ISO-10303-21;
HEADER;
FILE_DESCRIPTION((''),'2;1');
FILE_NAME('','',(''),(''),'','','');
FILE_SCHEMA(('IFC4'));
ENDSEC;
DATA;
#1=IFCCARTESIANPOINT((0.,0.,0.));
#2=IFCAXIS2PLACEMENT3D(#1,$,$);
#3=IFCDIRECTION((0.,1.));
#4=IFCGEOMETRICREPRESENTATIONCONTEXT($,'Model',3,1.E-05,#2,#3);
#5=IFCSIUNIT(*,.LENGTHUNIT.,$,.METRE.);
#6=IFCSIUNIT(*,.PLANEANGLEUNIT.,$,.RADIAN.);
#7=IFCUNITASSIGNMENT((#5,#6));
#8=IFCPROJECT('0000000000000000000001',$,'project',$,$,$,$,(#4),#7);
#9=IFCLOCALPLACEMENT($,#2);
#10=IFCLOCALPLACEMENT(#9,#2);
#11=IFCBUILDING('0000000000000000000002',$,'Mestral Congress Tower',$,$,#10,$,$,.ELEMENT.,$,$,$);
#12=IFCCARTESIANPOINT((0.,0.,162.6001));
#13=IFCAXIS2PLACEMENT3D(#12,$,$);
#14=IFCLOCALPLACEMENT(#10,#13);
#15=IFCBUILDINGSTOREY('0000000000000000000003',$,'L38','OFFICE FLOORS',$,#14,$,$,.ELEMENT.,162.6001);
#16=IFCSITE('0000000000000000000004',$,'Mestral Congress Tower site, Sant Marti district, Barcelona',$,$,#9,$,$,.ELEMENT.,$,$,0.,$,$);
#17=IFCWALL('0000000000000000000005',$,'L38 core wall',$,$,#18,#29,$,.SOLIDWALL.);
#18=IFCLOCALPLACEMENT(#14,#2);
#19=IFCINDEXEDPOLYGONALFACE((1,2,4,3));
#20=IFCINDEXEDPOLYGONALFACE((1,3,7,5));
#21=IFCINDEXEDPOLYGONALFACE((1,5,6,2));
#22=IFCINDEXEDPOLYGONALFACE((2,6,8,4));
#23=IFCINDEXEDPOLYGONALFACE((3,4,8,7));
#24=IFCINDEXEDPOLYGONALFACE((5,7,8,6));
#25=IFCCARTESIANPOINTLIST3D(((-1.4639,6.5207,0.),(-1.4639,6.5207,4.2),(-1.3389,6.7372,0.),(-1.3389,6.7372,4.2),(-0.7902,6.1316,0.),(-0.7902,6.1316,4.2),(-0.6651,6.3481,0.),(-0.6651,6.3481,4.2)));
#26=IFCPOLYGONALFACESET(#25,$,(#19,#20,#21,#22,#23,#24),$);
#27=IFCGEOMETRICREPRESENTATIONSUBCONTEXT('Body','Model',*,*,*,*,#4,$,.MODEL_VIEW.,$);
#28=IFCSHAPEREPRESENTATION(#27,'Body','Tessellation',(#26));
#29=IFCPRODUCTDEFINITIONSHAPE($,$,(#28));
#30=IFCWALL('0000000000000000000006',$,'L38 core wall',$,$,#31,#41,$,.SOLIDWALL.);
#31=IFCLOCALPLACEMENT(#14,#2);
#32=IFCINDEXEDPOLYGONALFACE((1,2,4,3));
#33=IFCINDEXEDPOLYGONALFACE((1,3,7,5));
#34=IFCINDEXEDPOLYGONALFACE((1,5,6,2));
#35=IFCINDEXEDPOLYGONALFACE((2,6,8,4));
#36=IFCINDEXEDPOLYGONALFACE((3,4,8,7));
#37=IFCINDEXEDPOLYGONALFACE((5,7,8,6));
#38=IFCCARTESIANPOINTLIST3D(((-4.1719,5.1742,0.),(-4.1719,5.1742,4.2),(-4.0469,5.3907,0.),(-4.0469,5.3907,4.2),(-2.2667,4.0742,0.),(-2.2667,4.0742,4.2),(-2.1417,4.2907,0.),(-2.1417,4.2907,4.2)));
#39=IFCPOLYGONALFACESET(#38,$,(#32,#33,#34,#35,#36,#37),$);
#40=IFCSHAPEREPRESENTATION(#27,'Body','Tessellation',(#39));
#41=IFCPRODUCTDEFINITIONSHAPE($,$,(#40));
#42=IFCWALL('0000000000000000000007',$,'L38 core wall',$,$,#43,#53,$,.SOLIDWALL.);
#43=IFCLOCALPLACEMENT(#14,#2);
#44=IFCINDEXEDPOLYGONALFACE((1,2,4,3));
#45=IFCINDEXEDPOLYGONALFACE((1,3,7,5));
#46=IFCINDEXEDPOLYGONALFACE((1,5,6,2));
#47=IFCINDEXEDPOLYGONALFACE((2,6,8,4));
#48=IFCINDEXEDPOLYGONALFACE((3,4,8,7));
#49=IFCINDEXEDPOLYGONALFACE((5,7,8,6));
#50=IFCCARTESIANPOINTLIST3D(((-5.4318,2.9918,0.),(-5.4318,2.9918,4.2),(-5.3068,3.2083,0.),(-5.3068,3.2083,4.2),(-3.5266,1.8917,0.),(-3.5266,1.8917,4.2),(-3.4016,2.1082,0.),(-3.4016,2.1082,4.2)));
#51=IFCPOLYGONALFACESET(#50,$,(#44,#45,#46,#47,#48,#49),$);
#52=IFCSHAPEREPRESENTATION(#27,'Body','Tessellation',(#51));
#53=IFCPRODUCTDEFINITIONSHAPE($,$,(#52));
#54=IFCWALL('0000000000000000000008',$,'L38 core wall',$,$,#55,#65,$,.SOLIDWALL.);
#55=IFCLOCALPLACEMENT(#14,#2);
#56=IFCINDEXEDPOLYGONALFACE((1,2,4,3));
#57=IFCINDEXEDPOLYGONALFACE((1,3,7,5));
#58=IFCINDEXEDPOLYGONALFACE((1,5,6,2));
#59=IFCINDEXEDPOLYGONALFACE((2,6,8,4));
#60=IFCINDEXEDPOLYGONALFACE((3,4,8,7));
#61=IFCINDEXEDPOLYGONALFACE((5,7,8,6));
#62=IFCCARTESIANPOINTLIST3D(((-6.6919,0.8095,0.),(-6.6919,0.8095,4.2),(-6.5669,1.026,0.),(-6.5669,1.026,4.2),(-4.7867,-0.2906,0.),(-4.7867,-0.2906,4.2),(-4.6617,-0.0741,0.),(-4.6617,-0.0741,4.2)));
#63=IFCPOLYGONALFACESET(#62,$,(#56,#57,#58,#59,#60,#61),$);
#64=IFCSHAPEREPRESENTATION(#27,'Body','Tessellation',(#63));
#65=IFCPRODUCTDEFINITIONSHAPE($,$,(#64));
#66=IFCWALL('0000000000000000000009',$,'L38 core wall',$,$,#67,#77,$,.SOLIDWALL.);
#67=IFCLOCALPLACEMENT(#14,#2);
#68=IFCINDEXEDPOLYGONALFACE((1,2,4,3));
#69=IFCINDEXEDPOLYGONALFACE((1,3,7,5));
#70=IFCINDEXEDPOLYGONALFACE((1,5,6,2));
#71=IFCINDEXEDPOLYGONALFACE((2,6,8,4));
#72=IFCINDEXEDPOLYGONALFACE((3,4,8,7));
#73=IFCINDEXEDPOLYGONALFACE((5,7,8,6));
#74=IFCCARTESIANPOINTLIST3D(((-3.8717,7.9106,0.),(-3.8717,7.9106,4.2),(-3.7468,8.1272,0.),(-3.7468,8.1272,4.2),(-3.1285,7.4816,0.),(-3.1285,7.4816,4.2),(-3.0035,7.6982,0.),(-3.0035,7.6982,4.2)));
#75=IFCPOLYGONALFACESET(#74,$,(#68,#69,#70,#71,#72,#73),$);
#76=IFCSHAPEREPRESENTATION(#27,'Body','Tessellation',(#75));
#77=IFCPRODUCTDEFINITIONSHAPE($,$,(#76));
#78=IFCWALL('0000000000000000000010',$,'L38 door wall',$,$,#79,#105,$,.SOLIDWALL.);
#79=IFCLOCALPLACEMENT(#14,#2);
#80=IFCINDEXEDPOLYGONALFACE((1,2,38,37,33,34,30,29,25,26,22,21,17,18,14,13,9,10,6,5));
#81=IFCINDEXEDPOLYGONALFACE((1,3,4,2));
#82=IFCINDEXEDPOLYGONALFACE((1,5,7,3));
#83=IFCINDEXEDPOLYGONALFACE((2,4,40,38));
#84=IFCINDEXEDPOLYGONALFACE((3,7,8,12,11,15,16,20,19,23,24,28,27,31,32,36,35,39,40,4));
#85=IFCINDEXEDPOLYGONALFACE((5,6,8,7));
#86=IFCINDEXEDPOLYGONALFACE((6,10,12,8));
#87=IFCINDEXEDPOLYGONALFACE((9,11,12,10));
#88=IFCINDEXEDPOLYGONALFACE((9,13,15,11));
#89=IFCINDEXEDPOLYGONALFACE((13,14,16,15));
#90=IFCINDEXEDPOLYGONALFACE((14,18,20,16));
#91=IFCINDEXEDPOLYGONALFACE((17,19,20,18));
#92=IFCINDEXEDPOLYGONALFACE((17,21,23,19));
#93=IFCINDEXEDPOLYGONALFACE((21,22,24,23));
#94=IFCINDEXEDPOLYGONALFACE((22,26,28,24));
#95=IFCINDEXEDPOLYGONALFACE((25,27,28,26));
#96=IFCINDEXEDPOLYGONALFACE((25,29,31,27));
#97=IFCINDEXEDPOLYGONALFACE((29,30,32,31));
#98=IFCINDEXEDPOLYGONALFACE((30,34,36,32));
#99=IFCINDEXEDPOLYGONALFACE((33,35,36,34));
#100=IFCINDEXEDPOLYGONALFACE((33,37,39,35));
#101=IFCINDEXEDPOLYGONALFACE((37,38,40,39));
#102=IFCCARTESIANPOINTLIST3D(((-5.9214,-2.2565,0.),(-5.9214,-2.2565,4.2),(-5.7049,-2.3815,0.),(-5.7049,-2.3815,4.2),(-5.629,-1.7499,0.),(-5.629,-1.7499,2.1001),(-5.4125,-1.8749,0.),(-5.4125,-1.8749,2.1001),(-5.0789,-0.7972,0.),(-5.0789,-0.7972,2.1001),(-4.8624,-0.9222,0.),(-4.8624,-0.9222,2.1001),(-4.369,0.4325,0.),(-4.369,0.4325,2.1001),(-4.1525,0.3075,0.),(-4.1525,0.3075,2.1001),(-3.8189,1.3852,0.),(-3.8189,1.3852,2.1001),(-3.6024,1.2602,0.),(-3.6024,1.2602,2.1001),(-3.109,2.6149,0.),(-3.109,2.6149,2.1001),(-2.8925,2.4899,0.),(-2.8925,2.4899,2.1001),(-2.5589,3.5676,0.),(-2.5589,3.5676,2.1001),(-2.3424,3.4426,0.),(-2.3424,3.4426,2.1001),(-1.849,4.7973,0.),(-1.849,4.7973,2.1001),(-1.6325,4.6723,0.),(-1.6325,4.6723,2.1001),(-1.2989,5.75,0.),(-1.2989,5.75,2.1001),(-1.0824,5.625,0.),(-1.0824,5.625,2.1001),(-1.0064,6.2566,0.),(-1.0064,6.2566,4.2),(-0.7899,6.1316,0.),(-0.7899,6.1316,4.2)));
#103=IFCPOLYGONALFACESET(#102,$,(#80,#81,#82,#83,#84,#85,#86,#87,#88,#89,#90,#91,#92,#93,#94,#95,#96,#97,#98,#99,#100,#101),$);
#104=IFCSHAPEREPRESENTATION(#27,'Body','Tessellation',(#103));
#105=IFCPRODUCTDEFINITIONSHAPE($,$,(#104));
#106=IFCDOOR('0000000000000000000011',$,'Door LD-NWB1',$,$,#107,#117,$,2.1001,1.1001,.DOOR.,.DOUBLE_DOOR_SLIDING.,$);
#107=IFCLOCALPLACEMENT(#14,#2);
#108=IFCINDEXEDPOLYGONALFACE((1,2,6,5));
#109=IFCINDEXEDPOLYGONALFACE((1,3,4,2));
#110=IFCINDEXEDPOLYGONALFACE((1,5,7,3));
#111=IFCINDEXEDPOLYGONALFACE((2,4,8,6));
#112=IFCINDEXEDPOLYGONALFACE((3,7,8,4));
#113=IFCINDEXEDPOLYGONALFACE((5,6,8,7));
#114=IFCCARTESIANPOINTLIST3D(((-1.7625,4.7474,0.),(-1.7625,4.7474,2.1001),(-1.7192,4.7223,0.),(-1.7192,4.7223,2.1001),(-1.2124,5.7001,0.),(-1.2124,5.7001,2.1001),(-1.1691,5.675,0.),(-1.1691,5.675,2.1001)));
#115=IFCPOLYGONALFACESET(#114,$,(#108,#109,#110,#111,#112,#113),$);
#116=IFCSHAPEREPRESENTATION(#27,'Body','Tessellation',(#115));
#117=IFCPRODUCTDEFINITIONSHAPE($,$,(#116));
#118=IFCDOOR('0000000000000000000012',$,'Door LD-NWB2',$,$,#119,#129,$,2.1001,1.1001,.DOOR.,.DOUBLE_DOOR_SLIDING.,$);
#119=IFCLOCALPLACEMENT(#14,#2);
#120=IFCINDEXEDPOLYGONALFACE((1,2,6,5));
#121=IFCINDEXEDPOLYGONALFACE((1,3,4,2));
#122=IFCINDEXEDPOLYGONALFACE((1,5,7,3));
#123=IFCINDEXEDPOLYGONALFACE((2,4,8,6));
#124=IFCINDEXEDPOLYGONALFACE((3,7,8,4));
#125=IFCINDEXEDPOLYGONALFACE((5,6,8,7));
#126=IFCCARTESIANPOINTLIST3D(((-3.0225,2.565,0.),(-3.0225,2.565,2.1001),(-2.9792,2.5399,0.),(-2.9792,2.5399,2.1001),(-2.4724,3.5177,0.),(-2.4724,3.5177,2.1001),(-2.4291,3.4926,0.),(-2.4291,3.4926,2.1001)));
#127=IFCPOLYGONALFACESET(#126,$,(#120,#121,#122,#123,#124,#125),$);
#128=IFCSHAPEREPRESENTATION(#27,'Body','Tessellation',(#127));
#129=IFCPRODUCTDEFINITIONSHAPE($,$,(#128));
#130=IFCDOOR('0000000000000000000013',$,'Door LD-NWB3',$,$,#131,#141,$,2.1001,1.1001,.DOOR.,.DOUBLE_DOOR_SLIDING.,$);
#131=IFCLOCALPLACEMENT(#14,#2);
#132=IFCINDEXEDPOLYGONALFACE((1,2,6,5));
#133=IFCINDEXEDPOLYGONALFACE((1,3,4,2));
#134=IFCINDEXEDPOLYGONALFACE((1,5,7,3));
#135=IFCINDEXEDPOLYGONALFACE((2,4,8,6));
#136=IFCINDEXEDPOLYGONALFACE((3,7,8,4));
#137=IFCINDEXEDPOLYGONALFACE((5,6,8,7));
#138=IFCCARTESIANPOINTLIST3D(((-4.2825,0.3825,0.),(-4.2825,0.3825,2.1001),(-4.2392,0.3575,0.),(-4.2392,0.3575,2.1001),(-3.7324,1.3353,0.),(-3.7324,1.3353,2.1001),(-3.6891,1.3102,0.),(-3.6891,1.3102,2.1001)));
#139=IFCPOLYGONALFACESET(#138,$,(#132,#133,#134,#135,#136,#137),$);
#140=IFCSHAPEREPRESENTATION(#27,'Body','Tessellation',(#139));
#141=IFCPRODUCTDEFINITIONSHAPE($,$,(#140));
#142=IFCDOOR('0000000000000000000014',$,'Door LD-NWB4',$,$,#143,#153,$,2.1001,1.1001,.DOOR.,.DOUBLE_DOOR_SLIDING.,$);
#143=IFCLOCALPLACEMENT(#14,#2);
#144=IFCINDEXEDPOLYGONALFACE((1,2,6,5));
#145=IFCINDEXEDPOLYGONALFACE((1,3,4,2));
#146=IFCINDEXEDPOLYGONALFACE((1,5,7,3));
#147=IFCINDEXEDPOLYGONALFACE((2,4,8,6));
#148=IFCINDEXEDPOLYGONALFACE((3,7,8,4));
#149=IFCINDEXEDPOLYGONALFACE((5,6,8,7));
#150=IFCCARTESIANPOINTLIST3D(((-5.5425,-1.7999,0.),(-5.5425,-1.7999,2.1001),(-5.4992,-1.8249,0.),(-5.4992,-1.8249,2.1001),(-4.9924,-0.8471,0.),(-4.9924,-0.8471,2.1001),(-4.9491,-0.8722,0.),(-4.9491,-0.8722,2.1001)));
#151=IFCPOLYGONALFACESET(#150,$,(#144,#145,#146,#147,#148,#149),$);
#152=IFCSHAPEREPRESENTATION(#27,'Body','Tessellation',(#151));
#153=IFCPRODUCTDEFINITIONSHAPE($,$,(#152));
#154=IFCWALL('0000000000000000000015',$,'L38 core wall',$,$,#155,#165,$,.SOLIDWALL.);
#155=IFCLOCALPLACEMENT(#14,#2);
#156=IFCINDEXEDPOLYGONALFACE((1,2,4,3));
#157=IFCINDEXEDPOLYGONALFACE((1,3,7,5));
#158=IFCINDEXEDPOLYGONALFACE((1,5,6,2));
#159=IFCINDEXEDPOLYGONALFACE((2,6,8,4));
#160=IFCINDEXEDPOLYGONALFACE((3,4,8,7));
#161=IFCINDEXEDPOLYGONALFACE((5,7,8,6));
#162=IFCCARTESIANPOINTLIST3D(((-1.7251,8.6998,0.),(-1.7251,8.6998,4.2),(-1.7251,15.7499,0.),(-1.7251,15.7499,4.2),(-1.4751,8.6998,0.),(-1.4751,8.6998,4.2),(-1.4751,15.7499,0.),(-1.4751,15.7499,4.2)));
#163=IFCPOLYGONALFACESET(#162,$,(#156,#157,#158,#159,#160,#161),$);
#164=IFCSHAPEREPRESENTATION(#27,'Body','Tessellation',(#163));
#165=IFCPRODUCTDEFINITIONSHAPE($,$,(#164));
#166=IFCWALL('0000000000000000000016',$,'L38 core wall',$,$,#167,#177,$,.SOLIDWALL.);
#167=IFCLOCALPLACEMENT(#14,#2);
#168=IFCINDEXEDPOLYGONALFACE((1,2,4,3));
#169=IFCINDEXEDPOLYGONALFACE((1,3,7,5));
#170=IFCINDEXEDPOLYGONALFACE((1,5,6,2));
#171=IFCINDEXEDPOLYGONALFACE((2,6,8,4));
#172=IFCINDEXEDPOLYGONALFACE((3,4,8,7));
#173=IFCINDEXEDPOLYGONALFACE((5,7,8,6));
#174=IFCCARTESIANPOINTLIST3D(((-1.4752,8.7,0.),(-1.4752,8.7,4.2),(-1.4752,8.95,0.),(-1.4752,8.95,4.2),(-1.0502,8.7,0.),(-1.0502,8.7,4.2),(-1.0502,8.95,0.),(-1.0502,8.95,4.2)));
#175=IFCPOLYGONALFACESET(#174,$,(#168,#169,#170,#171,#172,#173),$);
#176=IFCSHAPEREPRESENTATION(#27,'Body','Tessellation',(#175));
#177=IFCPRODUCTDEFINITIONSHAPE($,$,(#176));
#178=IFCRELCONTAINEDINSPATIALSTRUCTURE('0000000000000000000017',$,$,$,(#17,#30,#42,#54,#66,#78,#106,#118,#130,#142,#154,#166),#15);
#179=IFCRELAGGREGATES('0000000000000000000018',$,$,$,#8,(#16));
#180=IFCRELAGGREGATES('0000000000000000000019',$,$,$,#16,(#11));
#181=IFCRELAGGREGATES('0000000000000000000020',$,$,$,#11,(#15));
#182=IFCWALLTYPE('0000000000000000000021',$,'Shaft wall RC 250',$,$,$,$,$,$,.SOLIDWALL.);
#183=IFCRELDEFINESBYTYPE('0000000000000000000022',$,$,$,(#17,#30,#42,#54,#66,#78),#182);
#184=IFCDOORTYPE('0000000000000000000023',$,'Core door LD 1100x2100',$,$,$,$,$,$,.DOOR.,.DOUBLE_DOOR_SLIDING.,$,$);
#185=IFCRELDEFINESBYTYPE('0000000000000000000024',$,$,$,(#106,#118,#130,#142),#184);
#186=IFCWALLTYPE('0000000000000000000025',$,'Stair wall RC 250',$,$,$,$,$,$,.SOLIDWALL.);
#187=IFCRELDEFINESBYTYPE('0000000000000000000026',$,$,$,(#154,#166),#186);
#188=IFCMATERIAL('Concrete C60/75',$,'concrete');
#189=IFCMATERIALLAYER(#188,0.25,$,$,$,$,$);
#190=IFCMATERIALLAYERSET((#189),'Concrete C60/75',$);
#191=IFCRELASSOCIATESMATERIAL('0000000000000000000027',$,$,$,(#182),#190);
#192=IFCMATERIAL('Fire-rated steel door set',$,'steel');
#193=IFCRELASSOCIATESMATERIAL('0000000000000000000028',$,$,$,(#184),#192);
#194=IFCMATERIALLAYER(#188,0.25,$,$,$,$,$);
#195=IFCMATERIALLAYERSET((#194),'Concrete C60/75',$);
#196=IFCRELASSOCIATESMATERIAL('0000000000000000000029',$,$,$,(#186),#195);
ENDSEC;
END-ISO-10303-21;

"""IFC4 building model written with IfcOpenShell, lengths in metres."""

from ifc_helpers import new_model, si_unit, direction, frame, frame_2d, origin, place, context, subcontext, project, spatial, rectangle, extrude, material, layer, layer_set, type_object, element, fill, save


model = new_model("IFC4")

# Units and contexts
model_context = context("Model", 3, precision=1e-05, world=origin(), true_north=direction((0.0, 1.0)))
body_context = subcontext(model_context, "Body", "Model", "MODEL_VIEW")
ifc_project = project(units=[si_unit("LENGTHUNIT", "METRE"), si_unit("PLANEANGLEUNIT", "RADIAN")], contexts=[model_context])

# Site, building, storey
site_placement = place(None, origin())
site = spatial("IfcSite", under=ifc_project, at=site_placement, Name="Mestral Congress Tower site, Sant Marti district, Barcelona", CompositionType="ELEMENT", RefElevation=0.0)
building_placement = place(site_placement, origin())
building = spatial("IfcBuilding", under=site, at=building_placement, Name="Mestral Congress Tower", CompositionType="ELEMENT")
storey_placement = place(building_placement, frame((0.0, 0.0, 162.6001)))
storey = spatial("IfcBuildingStorey", under=building, at=storey_placement, Name="L38", Description="OFFICE FLOORS", CompositionType="ELEMENT", Elevation=162.6001)

# Shared definitions
ifc_material_1 = material(Name="Concrete C60/75", Category="concrete")

# Shared definitions
ifc_material_2 = material(Name="Fire-rated steel door set", Category="steel")

# Walls
ifc_layer_1 = layer(ifc_material_1, 0.25)
ifc_layer_set_1 = layer_set([ifc_layer_1], Name="Concrete C60/75")
wall_type_1 = type_object("IfcWallType", Name="Shaft wall RC 250", PredefinedType="SOLIDWALL", material=ifc_layer_set_1)
wall_1_placement = place(storey_placement, frame((-0.7275, 6.2397, 0.0), z_axis=(0.0, 0.0, 1.0), x_axis=(-0.865956, 0.500121, 0.0)))
element("IfcWall", 1, at=wall_1_placement, inside=storey, type_object=wall_type_1, Name="L38 core wall", PredefinedType="SOLIDWALL", context=body_context, shape_type="SweptSolid", body=[
    extrude(rectangle(XDim=0.7781, YDim=0.25, at=frame_2d((0.3892, 0.0))), origin(), (0.0, 0.0, 1.0), 4.2),
])
for number, where, z_axis, x_axis, name in (
    (2, (-2.2041, 4.1824, 0.0), (0.0, 0.0, 1.0), (-0.866008, 0.50003, 0.0), "L38 core wall"),
    (3, (-5.3694, 3.1001, 0.0), (0.0, 0.0, 1.0), (0.866008, -0.50003, 0.0), "L38 core wall"),
    (4, (-4.7241, -0.1824, 0.0), (0.0, 0.0, 1.0), (-0.866008, 0.50003, 0.0), "L38 core wall"),
):
    element("IfcWall", number, at=place(storey_placement, frame(where, z_axis=z_axis, x_axis=x_axis)), inside=storey, type_object=wall_type_1, Name=name, PredefinedType="SOLIDWALL", context=body_context, shape_type="SweptSolid", body=[
        extrude(rectangle(XDim=2.2, YDim=0.25, at=frame_2d((1.1001, 0.0))), origin(), (0.0, 0.0, 1.0), 4.2),
    ])
wall_2_placement = place(storey_placement, frame((-3.0659, 7.5898, 0.0), z_axis=(0.0, 0.0, 1.0), x_axis=(-0.866081, 0.499903, 0.0)))
element("IfcWall", 5, at=wall_2_placement, inside=storey, type_object=wall_type_1, Name="L38 core wall", PredefinedType="SOLIDWALL", context=body_context, shape_type="SweptSolid", body=[
    extrude(rectangle(XDim=0.8582, YDim=0.25, at=frame_2d((0.4292, 0.0))), origin(), (0.0, 0.0, 1.0), 4.2),
])

# Wall, openings, doors
wall_3_placement = place(storey_placement, frame((-0.8982, 6.1941, 0.0), z_axis=(0.0, 0.0, 1.0), x_axis=(-0.499996, -0.866028, 0.0)))
wall_3 = element("IfcWall", 6, at=wall_3_placement, inside=storey, type_object=wall_type_1, Name="L38 door wall", PredefinedType="SOLIDWALL", context=body_context, shape_type="SweptSolid", body=[
    extrude(rectangle(XDim=9.8301, YDim=0.25, at=frame_2d((4.915, 0.0))), origin(), (0.0, 0.0, 1.0), 4.2),
])
opening_1_placement = place(wall_3_placement, frame((0.585, 0.0, 0.0)))
opening_1 = element("IfcOpeningElement", 7, at=opening_1_placement, cuts=wall_3, PredefinedType="OPENING", context=body_context, shape_type="SweptSolid", body=[
    extrude(rectangle(XDim=1.1001, YDim=2.1001, at=frame_2d((0.55, 1.05))), frame((0.0, 0.135, 0.0), z_axis=(0.0, -1.0, 0.0), x_axis=(1.0, 0.0, 0.0)), (0.0, 0.0, 1.0), 0.27),
])
opening_2_placement = place(wall_3_placement, frame((3.105, 0.0, 0.0)))
opening_2 = element("IfcOpeningElement", 8, at=opening_2_placement, cuts=wall_3, PredefinedType="OPENING", context=body_context, shape_type="SweptSolid", body=[
    extrude(rectangle(XDim=1.1001, YDim=2.1001, at=frame_2d((0.55, 1.05))), frame((0.0, 0.135, 0.0), z_axis=(0.0, -1.0, 0.0), x_axis=(1.0, 0.0, 0.0)), (0.0, 0.0, 1.0), 0.27),
])
opening_3_placement = place(wall_3_placement, frame((5.625, 0.0, 0.0)))
opening_3 = element("IfcOpeningElement", 9, at=opening_3_placement, cuts=wall_3, PredefinedType="OPENING", context=body_context, shape_type="SweptSolid", body=[
    extrude(rectangle(XDim=1.1001, YDim=2.1001, at=frame_2d((0.55, 1.05))), frame((0.0, 0.135, 0.0), z_axis=(0.0, -1.0, 0.0), x_axis=(1.0, 0.0, 0.0)), (0.0, 0.0, 1.0), 0.27),
])
opening_4_placement = place(wall_3_placement, frame((8.145, 0.0, 0.0)))
opening_4 = element("IfcOpeningElement", 10, at=opening_4_placement, cuts=wall_3, PredefinedType="OPENING", context=body_context, shape_type="SweptSolid", body=[
    extrude(rectangle(XDim=1.1001, YDim=2.1001, at=frame_2d((0.55, 1.05))), frame((0.0, 0.135, 0.0), z_axis=(0.0, -1.0, 0.0), x_axis=(1.0, 0.0, 0.0)), (0.0, 0.0, 1.0), 0.27),
])
door_type_1 = type_object("IfcDoorType", Name="Core door LD 1100x2100", OperationType="DOUBLE_DOOR_SLIDING", PredefinedType="DOOR", material=ifc_material_2)
door_1_placement = place(opening_1_placement, origin())
door_1 = element("IfcDoor", 11, at=door_1_placement, inside=storey, type_object=door_type_1, Name="Door LD-NWB1", OperationType="DOUBLE_DOOR_SLIDING", OverallHeight=2.1001, OverallWidth=1.1001, PredefinedType="DOOR", context=body_context, shape_type="SweptSolid", body=[
    extrude(rectangle(XDim=1.1001, YDim=2.1001, at=frame_2d((0.55, 1.05))), frame((0.0, 0.0249, 0.0), z_axis=(0.0, -1.0, 0.0), x_axis=(1.0, 0.0, 0.0)), (0.0, 0.0, 1.0), 0.05),
])
fill(opening_1, door_1)
door_2_placement = place(opening_2_placement, origin())
door_2 = element("IfcDoor", 12, at=door_2_placement, inside=storey, type_object=door_type_1, Name="Door LD-NWB2", OperationType="DOUBLE_DOOR_SLIDING", OverallHeight=2.1001, OverallWidth=1.1001, PredefinedType="DOOR", context=body_context, shape_type="SweptSolid", body=[
    extrude(rectangle(XDim=1.1001, YDim=2.1001, at=frame_2d((0.55, 1.05))), frame((0.0, 0.0249, 0.0), z_axis=(0.0, -1.0, 0.0), x_axis=(1.0, 0.0, 0.0)), (0.0, 0.0, 1.0), 0.05),
])
fill(opening_2, door_2)
door_3_placement = place(opening_3_placement, origin())
door_3 = element("IfcDoor", 13, at=door_3_placement, inside=storey, type_object=door_type_1, Name="Door LD-NWB3", OperationType="DOUBLE_DOOR_SLIDING", OverallHeight=2.1001, OverallWidth=1.1001, PredefinedType="DOOR", context=body_context, shape_type="SweptSolid", body=[
    extrude(rectangle(XDim=1.1001, YDim=2.1001, at=frame_2d((0.55, 1.05))), frame((0.0, 0.0249, 0.0), z_axis=(0.0, -1.0, 0.0), x_axis=(1.0, 0.0, 0.0)), (0.0, 0.0, 1.0), 0.05),
])
fill(opening_3, door_3)
door_4_placement = place(opening_4_placement, origin())
door_4 = element("IfcDoor", 14, at=door_4_placement, inside=storey, type_object=door_type_1, Name="Door LD-NWB4", OperationType="DOUBLE_DOOR_SLIDING", OverallHeight=2.1001, OverallWidth=1.1001, PredefinedType="DOOR", context=body_context, shape_type="SweptSolid", body=[
    extrude(rectangle(XDim=1.1001, YDim=2.1001, at=frame_2d((0.55, 1.05))), frame((0.0, 0.0249, 0.0), z_axis=(0.0, -1.0, 0.0), x_axis=(1.0, 0.0, 0.0)), (0.0, 0.0, 1.0), 0.05),
])
fill(opening_4, door_4)

# Walls
ifc_layer_2 = layer(ifc_material_1, 0.25)
ifc_layer_set_2 = layer_set([ifc_layer_2], Name="Concrete C60/75")
wall_type_2 = type_object("IfcWallType", Name="Stair wall RC 250", PredefinedType="SOLIDWALL", material=ifc_layer_set_2)
wall_4_placement = place(storey_placement, frame((-1.6001, 8.7, 0.0), z_axis=(0.0, 0.0, 1.0), x_axis=(0.0, 1.0, 0.0)))
element("IfcWall", 15, at=wall_4_placement, inside=storey, type_object=wall_type_2, Name="L38 core wall", PredefinedType="SOLIDWALL", context=body_context, shape_type="SweptSolid", body=[
    extrude(rectangle(XDim=7.05, YDim=0.25, at=frame_2d((3.5249, 0.0))), origin(), (0.0, 0.0, 1.0), 4.2),
])
wall_5_placement = place(storey_placement, frame((-1.4751, 8.825, 0.0), z_axis=(0.0, 0.0, 1.0), x_axis=(1.0, 0.0, 0.0)))
element("IfcWall", 16, at=wall_5_placement, inside=storey, type_object=wall_type_2, Name="L38 core wall", PredefinedType="SOLIDWALL", context=body_context, shape_type="SweptSolid", body=[
    extrude(rectangle(XDim=0.425, YDim=0.25, at=frame_2d((0.2124, 0.0))), origin(), (0.0, 0.0, 1.0), 4.2),
])

save(model, "model.ifc")
